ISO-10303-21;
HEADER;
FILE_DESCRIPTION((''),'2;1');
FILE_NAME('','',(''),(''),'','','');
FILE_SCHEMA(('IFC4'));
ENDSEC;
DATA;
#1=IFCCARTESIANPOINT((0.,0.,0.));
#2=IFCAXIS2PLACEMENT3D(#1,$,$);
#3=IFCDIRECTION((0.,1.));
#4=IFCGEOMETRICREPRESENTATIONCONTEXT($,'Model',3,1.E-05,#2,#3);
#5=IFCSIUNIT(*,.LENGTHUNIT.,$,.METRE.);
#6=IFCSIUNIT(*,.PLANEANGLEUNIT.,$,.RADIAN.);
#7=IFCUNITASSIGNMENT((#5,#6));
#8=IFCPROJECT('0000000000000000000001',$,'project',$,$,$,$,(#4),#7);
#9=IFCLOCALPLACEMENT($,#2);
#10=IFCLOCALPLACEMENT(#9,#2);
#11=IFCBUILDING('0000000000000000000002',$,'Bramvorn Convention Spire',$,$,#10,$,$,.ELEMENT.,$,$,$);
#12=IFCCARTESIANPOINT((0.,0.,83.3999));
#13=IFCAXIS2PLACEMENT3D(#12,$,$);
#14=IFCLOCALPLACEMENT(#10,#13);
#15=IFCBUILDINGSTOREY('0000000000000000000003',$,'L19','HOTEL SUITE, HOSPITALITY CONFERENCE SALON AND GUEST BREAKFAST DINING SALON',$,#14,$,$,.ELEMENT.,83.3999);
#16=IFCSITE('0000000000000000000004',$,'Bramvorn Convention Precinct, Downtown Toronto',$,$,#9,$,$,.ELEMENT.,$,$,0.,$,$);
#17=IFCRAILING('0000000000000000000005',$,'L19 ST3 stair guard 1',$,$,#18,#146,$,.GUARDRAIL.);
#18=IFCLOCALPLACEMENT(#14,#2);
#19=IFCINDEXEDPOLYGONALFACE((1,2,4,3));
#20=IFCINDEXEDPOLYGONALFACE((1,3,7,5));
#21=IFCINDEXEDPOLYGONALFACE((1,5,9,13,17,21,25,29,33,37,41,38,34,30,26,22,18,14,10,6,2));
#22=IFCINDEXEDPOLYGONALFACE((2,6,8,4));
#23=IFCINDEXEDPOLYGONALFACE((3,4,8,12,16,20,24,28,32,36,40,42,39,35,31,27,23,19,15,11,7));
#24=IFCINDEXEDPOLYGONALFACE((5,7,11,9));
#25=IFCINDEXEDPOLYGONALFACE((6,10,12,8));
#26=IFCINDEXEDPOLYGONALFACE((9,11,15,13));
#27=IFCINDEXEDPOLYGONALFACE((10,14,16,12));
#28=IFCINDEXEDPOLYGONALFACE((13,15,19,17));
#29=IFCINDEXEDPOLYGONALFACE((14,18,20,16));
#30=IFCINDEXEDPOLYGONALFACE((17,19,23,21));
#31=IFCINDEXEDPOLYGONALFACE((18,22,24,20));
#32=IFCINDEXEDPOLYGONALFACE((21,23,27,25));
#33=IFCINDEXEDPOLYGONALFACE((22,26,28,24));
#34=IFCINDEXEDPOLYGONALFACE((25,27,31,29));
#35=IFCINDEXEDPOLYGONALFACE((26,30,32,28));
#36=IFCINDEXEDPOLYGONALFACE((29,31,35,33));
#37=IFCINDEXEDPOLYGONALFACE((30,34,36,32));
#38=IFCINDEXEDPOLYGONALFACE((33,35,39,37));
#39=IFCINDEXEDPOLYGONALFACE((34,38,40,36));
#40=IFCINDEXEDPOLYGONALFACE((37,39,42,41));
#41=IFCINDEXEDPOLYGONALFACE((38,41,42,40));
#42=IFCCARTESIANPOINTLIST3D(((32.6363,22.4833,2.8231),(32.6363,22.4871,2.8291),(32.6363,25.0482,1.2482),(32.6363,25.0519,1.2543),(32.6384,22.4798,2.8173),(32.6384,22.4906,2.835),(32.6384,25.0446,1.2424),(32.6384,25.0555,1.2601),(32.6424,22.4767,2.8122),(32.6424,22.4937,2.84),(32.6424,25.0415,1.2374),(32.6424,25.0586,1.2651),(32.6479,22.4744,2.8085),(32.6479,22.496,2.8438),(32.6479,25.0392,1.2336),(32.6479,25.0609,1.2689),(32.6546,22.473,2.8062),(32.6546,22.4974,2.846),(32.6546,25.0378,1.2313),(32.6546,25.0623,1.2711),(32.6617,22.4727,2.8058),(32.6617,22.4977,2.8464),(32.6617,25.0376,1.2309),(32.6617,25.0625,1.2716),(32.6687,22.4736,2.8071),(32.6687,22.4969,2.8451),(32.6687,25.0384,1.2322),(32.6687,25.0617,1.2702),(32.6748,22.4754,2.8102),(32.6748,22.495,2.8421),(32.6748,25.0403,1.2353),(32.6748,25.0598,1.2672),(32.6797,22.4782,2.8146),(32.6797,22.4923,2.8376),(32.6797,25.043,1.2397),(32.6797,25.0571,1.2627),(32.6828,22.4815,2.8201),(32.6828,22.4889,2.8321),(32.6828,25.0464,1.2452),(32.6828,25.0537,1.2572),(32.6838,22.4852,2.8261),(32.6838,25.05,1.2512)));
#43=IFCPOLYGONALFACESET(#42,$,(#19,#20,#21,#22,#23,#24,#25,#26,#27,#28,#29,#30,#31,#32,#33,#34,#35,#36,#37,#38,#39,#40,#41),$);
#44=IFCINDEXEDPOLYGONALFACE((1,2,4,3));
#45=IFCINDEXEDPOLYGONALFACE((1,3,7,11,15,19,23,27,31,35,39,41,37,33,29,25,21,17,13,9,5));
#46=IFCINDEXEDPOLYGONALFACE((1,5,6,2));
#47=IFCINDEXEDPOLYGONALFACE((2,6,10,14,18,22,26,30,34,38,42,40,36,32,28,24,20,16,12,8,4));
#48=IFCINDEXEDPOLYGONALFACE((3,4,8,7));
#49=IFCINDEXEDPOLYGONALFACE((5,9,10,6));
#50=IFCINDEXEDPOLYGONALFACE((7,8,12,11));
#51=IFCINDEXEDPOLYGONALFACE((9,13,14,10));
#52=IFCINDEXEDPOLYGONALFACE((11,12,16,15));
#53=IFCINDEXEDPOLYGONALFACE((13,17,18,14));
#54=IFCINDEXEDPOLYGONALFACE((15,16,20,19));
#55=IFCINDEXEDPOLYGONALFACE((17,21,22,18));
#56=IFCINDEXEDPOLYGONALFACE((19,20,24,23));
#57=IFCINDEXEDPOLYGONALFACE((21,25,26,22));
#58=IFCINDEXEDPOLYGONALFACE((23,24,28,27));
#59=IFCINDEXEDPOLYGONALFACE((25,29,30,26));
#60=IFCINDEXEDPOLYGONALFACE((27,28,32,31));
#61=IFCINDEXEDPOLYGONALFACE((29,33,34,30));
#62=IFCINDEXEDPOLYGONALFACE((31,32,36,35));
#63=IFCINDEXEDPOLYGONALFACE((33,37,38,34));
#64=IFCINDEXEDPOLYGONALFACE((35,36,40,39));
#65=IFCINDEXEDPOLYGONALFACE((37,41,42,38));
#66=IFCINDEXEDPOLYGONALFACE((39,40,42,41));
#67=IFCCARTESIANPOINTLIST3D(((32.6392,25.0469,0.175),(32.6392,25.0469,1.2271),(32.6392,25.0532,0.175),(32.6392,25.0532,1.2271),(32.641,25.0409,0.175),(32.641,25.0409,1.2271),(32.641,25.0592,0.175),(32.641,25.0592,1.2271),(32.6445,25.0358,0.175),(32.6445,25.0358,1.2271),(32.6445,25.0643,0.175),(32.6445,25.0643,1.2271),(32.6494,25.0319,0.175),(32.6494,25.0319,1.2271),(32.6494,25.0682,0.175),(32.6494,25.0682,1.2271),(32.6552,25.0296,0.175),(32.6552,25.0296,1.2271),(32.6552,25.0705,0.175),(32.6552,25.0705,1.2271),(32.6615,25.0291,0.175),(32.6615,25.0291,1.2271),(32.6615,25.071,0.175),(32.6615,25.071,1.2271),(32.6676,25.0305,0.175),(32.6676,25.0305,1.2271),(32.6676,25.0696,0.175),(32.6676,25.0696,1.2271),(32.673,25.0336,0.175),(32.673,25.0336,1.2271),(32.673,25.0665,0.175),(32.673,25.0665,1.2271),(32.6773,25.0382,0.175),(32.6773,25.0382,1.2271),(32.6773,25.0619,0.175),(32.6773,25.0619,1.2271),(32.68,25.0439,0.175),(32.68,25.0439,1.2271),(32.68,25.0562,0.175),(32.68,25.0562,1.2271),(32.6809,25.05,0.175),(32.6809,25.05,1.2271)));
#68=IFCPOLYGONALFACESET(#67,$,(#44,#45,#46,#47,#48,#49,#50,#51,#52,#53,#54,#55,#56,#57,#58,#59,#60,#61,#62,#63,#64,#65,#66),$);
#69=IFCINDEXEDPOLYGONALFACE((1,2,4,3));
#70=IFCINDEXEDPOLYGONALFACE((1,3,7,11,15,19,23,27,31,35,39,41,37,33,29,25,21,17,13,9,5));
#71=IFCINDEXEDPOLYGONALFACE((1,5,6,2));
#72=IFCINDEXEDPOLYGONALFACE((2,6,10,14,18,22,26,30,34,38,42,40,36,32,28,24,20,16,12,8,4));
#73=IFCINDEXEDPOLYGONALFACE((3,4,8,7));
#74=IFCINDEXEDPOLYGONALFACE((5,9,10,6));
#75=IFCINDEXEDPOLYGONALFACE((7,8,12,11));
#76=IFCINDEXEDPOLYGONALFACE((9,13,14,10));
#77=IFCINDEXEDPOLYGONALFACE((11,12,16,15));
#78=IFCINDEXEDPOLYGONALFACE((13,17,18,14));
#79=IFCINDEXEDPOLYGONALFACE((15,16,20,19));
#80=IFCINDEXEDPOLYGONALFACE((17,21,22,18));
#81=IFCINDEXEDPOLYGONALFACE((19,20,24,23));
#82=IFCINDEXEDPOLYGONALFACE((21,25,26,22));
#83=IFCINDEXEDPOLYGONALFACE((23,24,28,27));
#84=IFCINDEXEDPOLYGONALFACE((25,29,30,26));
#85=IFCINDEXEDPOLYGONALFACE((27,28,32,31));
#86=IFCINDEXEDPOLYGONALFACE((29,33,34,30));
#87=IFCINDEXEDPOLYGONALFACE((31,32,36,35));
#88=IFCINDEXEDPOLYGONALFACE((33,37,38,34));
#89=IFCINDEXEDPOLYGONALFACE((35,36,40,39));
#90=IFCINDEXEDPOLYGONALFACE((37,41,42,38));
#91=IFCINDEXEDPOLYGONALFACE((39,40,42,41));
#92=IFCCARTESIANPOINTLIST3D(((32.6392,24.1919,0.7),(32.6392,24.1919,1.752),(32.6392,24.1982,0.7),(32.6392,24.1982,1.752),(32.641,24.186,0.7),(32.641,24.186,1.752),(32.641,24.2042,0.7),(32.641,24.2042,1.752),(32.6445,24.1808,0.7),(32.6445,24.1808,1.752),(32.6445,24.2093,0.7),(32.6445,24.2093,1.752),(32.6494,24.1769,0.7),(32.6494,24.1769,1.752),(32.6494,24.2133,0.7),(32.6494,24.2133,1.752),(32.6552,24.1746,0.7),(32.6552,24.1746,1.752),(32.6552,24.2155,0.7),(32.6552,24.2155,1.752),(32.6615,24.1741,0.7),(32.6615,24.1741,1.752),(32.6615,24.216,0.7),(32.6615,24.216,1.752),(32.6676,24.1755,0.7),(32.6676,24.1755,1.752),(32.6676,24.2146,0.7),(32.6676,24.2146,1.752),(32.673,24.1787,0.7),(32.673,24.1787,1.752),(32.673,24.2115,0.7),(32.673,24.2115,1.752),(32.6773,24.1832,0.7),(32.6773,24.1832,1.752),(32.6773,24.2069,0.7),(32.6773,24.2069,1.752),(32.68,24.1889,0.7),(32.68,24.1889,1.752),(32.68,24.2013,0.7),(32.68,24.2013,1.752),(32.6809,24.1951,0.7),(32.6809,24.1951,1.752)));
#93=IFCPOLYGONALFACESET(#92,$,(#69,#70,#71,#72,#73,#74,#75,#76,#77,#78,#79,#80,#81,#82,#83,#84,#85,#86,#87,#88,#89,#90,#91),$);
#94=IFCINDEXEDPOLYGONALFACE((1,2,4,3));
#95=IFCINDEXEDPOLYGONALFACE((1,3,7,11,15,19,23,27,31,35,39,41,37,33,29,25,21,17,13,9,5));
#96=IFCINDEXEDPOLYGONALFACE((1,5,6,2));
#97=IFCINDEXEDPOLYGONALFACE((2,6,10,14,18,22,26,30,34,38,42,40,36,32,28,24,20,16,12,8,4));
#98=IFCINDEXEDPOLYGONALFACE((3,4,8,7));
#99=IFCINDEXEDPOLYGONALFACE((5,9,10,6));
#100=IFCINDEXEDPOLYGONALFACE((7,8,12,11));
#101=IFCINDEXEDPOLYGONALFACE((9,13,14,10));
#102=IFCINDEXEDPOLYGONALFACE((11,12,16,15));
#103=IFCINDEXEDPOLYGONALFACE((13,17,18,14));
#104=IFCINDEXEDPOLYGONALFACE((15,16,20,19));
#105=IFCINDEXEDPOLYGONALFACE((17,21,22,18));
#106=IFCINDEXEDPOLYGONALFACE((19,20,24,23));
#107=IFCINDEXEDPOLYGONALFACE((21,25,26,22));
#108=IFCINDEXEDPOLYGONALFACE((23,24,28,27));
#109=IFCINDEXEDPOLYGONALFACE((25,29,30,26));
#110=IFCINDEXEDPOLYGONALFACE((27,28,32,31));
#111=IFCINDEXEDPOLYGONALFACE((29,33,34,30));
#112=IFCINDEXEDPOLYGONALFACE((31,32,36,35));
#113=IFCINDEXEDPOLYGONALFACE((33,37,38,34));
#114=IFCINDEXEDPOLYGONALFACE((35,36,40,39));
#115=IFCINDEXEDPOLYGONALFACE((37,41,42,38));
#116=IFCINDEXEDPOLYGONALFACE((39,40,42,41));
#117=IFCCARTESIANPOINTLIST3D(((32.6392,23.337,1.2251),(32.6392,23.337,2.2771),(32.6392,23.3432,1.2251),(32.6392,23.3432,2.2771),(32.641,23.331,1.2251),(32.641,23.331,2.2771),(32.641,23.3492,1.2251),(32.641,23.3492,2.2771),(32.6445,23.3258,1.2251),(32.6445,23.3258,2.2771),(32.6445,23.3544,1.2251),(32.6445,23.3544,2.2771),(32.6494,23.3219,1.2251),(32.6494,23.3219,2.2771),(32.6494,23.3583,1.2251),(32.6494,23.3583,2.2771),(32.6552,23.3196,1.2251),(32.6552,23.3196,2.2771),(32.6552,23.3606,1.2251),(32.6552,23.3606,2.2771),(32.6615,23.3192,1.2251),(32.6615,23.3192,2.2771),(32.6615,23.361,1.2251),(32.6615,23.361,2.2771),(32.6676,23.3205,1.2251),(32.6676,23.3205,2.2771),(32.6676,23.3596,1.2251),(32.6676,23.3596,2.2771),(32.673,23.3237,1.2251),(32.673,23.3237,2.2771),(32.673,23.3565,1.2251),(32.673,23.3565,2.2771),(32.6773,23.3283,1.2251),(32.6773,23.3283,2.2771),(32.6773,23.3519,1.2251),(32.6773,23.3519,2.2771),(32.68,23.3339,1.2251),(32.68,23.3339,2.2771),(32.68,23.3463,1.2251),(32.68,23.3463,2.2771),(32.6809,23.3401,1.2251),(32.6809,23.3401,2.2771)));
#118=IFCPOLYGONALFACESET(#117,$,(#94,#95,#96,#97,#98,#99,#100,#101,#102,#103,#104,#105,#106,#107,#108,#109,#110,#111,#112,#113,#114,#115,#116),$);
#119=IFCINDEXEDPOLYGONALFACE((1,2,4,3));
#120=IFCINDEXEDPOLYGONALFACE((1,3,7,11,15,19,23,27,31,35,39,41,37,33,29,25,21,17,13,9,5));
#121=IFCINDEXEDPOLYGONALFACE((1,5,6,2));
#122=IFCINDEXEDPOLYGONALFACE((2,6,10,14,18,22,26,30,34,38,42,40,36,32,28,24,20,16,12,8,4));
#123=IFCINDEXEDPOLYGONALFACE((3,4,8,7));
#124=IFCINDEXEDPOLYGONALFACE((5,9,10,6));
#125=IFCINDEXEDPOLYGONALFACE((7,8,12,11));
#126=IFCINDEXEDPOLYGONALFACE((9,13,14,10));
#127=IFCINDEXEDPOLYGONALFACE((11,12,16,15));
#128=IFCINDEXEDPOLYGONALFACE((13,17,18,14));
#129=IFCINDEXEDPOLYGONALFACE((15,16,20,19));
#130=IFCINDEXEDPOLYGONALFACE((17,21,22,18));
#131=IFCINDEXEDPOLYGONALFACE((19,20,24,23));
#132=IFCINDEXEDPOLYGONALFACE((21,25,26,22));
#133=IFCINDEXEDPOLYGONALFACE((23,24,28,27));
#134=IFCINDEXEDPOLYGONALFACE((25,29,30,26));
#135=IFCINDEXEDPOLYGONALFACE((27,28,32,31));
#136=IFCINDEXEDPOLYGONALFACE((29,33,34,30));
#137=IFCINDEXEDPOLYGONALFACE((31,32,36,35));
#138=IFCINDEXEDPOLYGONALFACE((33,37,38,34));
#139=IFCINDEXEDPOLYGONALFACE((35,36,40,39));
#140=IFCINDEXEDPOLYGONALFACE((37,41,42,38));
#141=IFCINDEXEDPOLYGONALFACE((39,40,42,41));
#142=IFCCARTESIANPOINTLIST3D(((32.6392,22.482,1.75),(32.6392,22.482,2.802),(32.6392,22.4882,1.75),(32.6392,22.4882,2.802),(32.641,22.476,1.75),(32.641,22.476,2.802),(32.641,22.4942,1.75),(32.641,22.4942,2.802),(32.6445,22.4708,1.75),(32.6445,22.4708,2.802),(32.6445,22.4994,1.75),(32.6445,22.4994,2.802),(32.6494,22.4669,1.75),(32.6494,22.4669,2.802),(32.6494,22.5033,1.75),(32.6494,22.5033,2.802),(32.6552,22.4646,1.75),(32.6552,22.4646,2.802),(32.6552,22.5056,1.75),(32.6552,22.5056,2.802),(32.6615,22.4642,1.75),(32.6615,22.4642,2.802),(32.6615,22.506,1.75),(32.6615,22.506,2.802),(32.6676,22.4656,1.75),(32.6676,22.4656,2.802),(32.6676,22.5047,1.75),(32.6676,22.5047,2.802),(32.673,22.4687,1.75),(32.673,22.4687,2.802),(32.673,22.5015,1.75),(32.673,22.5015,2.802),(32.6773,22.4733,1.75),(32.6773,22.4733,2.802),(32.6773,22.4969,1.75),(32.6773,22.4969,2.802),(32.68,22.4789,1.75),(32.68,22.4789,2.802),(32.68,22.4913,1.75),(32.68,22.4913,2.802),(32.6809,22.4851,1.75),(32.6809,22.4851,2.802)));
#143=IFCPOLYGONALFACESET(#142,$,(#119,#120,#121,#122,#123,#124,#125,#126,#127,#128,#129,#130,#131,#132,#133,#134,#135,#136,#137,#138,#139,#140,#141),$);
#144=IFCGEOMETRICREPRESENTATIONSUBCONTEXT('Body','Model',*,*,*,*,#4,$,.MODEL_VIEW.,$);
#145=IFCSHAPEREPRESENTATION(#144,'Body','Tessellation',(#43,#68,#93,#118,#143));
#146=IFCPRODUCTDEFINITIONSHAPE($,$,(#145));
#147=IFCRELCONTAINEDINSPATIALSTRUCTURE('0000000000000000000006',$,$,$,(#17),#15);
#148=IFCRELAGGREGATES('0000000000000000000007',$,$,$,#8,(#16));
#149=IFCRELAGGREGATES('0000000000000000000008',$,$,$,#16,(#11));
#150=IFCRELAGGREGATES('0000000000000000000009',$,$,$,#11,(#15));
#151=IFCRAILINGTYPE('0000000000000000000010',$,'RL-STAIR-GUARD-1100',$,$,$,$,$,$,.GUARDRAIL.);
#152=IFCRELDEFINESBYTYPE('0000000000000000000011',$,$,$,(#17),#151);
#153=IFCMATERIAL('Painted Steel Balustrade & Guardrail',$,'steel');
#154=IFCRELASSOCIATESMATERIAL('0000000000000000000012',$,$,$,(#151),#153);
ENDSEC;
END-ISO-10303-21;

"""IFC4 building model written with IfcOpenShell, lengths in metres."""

from ifc_helpers import new_model, si_unit, direction, frame, origin, origin_2d, place, context, subcontext, project, spatial, circle, extrude, material, type_object, element, save


model = new_model("IFC4")

# Units and contexts
model_context = context("Model", 3, precision=1e-05, world=origin(), true_north=direction((0.0, 1.0)))
body_context = subcontext(model_context, "Body", "Model", "MODEL_VIEW")
ifc_project = project(units=[si_unit("LENGTHUNIT", "METRE"), si_unit("PLANEANGLEUNIT", "RADIAN")], contexts=[model_context])

# Site, building, storey
site_placement = place(None, origin())
site = spatial("IfcSite", under=ifc_project, at=site_placement, Name="Bramvorn Convention Precinct, Downtown Toronto", CompositionType="ELEMENT", RefElevation=0.0)
building_placement = place(site_placement, origin())
building = spatial("IfcBuilding", under=site, at=building_placement, Name="Bramvorn Convention Spire", CompositionType="ELEMENT")
storey_placement = place(building_placement, frame((0.0, 0.0, 83.3999)))
storey = spatial("IfcBuildingStorey", under=building, at=storey_placement, Name="L19", Description="HOTEL SUITE, HOSPITALITY CONFERENCE SALON AND GUEST BREAKFAST DINING SALON", CompositionType="ELEMENT", Elevation=83.3999)

# Railing
ifc_material_1 = material(Name="Painted Steel Balustrade & Guardrail", Category="steel")
railing_type_1 = type_object("IfcRailingType", Name="RL-STAIR-GUARD-1100", PredefinedType="GUARDRAIL", material=ifc_material_1)
railing_1_placement = place(storey_placement, frame((32.6599, 25.05, 0.175)))
element("IfcRailing", 1, at=railing_1_placement, inside=storey, type_object=railing_type_1, Name="L19 ST3 stair guard 1", PredefinedType="GUARDRAIL", context=body_context, shape_type="SweptSolid", body=[
    extrude(circle(Radius=0.0239, at=origin_2d()), frame((0.0, 0.0, 1.0762), z_axis=(0.0, -0.852173, 0.52326), x_axis=(1.0, 0.0, 0.0)), (0.0, 0.0, 1.0), 3.0098),
    extrude(circle(Radius=0.021, at=origin_2d()), origin(), (0.0, 0.0, 1.0), 1.052),
    extrude(circle(Radius=0.021, at=origin_2d()), frame((0.0, -0.855, 0.5249)), (0.0, 0.0, 1.0), 1.052),
    extrude(circle(Radius=0.021, at=origin_2d()), frame((0.0, -1.71, 1.05)), (0.0, 0.0, 1.0), 1.052),
    extrude(circle(Radius=0.021, at=origin_2d()), frame((0.0, -2.5649, 1.575)), (0.0, 0.0, 1.0), 1.052),
])

save(model, "model.ifc")
